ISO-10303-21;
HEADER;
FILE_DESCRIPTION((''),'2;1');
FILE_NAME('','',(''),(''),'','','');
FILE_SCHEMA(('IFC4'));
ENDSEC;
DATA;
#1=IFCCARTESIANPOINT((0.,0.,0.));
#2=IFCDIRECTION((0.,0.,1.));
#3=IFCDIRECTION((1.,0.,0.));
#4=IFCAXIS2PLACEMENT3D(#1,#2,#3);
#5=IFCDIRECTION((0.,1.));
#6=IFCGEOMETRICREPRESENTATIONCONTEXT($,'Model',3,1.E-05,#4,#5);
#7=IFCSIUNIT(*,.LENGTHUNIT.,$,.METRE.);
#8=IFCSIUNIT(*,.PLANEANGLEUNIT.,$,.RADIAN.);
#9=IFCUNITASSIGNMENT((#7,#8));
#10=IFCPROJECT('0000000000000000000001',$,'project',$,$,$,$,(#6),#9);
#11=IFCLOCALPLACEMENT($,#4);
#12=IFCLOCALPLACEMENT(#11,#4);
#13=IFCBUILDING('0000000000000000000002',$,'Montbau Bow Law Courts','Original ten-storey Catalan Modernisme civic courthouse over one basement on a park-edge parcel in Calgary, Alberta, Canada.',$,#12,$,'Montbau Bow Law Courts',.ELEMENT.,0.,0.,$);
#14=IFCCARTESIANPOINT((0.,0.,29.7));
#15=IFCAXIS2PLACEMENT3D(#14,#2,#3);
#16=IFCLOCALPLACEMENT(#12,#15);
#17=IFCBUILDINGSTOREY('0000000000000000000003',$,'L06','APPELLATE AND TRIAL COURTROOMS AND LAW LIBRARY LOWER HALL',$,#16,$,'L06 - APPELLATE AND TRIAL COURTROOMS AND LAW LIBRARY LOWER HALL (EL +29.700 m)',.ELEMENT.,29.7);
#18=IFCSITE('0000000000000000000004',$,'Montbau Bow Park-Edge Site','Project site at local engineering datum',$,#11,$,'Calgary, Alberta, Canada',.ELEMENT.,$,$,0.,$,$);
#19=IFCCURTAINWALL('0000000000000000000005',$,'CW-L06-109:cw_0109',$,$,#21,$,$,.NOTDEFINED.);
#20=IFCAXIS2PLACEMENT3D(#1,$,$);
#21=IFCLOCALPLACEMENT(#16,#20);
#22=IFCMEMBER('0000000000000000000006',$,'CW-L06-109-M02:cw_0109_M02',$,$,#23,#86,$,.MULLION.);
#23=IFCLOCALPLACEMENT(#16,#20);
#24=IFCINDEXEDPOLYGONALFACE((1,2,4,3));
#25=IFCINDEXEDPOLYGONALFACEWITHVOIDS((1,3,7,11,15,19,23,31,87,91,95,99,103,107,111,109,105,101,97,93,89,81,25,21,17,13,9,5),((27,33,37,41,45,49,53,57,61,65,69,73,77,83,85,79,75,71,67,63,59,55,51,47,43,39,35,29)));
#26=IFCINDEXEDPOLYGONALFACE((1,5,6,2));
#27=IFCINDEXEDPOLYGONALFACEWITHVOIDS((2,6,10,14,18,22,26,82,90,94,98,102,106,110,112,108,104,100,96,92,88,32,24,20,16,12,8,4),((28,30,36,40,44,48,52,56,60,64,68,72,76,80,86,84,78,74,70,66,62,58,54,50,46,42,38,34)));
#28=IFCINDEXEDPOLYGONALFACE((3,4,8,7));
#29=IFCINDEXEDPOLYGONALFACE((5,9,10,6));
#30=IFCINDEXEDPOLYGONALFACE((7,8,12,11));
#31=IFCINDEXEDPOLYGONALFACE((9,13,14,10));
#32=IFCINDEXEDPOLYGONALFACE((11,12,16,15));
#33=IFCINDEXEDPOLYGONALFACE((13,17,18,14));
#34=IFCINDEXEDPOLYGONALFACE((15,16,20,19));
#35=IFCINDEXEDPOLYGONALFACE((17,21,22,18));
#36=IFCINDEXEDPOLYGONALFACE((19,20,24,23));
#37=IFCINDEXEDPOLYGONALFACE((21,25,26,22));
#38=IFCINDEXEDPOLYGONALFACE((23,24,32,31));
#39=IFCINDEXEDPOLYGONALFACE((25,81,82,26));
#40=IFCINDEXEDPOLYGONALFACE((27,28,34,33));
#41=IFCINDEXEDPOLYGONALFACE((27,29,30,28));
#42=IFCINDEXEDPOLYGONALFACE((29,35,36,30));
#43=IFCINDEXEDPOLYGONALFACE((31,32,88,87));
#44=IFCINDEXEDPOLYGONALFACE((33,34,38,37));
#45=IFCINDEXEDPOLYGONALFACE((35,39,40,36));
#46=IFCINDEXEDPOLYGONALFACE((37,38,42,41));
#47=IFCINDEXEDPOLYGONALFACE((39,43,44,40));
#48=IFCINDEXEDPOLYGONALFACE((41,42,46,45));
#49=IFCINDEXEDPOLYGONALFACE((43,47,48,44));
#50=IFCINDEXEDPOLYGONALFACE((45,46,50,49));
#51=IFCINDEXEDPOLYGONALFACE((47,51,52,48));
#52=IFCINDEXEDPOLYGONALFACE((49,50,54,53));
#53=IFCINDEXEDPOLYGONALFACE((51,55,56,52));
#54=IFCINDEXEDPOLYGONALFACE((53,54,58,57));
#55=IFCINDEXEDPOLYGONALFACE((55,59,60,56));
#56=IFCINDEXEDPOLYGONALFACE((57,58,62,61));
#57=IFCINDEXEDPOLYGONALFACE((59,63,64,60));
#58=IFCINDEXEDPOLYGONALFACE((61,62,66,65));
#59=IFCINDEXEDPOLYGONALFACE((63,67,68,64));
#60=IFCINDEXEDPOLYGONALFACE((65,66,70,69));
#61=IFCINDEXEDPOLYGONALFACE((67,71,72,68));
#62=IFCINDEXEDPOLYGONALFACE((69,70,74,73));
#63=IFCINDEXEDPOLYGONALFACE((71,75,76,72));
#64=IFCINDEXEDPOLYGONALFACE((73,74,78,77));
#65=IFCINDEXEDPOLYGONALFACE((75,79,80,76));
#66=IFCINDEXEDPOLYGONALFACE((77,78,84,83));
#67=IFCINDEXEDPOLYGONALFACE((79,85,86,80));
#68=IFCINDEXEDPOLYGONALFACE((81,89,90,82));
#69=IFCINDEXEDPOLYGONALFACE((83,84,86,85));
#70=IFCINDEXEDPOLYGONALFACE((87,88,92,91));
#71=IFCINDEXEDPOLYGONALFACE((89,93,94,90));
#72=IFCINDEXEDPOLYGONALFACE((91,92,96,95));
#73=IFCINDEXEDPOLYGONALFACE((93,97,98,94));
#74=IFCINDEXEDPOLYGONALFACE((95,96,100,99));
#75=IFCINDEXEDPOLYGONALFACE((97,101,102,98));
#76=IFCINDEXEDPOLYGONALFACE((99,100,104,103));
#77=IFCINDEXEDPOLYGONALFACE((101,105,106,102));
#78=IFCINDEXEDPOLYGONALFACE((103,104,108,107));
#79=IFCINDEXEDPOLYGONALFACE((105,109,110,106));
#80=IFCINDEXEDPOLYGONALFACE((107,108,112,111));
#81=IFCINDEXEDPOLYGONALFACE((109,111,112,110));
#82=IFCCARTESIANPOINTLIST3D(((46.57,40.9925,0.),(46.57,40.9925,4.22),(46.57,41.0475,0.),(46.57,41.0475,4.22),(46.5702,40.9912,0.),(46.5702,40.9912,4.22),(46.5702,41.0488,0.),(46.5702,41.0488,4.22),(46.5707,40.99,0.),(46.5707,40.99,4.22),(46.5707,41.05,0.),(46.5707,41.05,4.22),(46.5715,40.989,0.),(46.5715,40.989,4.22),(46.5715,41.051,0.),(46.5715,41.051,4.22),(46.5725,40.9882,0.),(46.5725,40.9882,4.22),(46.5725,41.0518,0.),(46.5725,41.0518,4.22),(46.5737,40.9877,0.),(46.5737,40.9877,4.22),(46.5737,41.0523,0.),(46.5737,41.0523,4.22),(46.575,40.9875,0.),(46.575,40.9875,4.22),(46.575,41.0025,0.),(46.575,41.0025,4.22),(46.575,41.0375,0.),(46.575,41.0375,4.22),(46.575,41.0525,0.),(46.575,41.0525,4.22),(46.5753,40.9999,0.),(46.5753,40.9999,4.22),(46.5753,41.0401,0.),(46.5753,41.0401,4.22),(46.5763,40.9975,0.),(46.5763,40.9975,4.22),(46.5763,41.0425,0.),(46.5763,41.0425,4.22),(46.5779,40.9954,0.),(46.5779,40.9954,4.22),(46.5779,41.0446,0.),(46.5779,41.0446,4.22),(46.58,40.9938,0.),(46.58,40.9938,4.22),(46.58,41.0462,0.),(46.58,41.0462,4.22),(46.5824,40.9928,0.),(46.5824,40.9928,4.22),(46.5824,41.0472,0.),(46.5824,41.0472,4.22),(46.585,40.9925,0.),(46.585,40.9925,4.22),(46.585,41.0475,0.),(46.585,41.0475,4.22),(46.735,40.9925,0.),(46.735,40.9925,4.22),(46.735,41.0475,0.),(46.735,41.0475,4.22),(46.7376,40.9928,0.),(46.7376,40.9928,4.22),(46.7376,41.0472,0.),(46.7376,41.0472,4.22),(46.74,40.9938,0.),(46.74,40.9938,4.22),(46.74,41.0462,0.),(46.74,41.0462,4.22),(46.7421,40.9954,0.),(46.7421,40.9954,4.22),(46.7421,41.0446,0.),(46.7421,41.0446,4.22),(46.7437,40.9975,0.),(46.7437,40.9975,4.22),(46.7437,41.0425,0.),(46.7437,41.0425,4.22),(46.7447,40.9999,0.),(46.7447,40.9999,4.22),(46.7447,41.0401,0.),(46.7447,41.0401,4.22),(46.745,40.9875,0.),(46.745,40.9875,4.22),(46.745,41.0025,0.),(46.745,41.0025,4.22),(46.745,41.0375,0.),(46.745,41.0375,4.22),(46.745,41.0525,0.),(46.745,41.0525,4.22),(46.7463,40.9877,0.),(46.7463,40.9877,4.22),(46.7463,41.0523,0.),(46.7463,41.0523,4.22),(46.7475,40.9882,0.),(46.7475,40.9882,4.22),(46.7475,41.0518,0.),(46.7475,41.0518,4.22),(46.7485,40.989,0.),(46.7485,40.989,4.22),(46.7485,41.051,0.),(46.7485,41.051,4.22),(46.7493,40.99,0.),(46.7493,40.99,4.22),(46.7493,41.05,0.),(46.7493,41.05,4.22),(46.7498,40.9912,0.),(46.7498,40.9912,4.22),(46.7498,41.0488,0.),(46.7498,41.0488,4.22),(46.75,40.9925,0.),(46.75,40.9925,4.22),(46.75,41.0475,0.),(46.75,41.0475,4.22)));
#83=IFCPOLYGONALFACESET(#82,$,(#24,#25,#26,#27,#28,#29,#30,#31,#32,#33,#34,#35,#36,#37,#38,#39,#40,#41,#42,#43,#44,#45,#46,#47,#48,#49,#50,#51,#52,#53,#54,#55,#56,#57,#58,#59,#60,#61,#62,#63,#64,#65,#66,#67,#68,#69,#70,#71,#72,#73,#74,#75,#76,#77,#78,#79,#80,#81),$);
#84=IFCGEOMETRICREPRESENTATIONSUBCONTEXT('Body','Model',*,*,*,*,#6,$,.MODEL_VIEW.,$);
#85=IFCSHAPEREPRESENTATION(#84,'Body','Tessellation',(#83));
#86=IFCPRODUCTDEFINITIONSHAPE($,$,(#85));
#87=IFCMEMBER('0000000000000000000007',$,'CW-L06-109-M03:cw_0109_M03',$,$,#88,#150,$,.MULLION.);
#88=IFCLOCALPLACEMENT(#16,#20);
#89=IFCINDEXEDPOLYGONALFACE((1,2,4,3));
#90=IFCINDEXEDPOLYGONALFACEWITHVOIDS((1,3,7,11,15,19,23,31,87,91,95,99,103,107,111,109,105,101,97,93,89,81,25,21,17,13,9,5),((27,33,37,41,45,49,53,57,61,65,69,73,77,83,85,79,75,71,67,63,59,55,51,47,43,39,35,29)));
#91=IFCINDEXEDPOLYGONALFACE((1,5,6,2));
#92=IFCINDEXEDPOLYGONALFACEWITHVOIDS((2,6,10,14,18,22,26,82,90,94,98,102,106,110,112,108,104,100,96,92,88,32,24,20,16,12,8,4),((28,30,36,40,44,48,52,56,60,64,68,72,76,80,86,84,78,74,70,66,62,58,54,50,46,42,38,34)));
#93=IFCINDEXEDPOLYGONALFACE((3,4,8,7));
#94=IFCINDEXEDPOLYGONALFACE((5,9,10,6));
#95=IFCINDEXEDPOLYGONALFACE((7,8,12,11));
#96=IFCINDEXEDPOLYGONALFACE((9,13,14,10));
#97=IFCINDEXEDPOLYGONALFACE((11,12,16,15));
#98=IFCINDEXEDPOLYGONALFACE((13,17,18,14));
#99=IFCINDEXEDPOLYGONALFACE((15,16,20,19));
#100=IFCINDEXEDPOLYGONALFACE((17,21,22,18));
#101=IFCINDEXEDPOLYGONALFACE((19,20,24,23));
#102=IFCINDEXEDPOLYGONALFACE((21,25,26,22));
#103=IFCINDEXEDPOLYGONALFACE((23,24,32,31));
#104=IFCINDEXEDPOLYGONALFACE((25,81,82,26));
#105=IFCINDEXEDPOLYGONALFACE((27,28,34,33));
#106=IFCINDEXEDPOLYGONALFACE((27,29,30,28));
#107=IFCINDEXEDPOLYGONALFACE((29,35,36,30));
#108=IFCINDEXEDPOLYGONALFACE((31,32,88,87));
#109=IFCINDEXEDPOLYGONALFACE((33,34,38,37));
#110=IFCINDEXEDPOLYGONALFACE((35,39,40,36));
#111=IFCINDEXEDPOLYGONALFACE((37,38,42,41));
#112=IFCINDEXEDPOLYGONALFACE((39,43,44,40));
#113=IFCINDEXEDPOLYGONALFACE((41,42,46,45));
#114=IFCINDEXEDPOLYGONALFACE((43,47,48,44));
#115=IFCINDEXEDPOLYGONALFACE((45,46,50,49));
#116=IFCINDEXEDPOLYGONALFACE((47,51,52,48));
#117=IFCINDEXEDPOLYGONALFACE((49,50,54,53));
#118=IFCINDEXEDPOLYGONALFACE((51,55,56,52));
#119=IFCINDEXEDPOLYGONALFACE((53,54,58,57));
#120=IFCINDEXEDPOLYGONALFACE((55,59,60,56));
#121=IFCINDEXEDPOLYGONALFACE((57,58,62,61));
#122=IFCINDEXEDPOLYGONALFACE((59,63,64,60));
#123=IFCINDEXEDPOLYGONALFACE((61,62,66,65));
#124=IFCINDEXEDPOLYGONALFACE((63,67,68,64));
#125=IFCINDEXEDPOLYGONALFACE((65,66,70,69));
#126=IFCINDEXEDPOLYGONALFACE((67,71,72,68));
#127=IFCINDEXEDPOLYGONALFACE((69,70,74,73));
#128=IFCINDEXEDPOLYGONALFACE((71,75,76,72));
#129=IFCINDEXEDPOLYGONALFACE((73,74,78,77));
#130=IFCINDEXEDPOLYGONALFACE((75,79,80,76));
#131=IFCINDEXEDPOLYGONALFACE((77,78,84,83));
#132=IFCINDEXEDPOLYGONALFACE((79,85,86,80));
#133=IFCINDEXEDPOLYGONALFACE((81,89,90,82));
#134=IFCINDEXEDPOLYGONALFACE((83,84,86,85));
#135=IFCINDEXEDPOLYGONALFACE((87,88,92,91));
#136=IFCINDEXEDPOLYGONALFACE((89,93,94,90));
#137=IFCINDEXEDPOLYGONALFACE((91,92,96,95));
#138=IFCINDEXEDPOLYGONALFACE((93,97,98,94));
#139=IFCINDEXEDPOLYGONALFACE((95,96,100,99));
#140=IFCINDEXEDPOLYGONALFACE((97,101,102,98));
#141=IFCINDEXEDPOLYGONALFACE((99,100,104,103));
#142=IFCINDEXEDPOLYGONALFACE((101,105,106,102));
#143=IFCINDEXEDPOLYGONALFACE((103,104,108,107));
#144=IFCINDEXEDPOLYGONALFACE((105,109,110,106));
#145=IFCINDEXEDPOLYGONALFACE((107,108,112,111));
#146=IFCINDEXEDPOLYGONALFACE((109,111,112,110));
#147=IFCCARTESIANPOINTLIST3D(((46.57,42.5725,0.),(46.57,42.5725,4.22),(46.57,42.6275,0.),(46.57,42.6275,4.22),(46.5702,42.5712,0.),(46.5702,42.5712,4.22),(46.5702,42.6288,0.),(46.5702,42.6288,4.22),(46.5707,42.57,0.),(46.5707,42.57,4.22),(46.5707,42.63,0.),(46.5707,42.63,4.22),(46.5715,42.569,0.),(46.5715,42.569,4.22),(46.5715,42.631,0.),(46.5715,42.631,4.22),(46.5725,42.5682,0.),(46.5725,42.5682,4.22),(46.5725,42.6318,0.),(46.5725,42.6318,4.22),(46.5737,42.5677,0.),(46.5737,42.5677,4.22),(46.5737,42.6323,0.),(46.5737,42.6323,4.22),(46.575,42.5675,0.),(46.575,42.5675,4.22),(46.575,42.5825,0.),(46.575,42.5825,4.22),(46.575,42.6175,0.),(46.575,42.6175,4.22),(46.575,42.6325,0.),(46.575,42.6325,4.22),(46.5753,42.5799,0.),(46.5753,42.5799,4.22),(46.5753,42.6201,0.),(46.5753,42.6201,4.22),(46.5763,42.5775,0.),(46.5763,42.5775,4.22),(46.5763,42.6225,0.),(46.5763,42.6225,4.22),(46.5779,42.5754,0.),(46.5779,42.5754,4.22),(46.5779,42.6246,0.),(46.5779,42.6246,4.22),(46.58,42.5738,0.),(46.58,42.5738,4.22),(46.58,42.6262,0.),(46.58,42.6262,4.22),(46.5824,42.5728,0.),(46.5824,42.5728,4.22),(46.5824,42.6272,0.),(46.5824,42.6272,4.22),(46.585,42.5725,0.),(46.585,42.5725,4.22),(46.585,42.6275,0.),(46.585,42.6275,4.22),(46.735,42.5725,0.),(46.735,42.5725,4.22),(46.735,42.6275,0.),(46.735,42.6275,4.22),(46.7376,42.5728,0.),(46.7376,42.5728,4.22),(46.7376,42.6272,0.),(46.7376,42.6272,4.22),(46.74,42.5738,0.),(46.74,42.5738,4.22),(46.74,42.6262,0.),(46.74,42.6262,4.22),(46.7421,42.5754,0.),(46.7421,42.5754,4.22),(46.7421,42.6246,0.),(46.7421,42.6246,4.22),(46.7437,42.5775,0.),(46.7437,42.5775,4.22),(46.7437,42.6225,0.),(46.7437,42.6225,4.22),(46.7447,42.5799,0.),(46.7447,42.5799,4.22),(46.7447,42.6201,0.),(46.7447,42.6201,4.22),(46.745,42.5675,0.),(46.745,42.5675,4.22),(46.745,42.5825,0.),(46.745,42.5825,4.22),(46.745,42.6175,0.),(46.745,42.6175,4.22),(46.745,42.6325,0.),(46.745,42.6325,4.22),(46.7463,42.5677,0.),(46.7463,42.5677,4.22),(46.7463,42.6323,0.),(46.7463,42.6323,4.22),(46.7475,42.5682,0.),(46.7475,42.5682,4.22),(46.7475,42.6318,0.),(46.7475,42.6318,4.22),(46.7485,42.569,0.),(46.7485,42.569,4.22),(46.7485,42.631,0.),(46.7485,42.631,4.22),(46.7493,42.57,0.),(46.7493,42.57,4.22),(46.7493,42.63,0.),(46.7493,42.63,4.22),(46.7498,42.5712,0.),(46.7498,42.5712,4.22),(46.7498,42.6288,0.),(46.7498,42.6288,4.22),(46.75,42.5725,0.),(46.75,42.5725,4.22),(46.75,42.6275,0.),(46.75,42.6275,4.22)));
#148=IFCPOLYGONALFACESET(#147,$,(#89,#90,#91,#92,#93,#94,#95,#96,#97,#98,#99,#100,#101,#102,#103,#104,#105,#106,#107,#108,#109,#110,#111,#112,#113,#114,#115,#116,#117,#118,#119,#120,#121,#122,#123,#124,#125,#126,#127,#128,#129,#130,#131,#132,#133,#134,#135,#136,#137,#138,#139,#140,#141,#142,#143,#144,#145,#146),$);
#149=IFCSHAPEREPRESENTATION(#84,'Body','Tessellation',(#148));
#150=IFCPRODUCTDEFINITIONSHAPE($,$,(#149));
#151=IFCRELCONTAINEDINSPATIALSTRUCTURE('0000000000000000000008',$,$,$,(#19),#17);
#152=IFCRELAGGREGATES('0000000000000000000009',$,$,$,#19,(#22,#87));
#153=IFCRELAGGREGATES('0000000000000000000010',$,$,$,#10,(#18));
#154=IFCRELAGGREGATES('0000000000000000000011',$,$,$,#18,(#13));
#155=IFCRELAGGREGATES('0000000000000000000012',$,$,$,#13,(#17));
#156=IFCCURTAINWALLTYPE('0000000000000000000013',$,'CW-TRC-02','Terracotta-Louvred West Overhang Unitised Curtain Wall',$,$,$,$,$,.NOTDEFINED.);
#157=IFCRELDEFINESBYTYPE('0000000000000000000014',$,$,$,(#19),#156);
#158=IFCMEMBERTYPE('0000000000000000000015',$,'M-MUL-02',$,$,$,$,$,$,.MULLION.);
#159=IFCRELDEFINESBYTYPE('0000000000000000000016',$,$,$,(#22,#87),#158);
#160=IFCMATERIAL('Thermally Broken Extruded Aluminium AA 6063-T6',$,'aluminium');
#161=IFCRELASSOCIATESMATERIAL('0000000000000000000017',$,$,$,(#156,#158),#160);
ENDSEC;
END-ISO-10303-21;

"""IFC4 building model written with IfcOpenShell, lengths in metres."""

from ifc_helpers import new_model, si_unit, direction, frame, origin_with_axes, origin_2d_with_axis, place, context, subcontext, project, spatial, hollow_rectangle, extrude, material, material_profile, profile_set, type_object, element, aggregate, save


model = new_model("IFC4")

# Units and contexts
model_context = context("Model", 3, precision=1e-05, world=origin_with_axes(), true_north=direction((0.0, 1.0)))
body_context = subcontext(model_context, "Body", "Model", "MODEL_VIEW")
ifc_project = project(units=[si_unit("LENGTHUNIT", "METRE"), si_unit("PLANEANGLEUNIT", "RADIAN")], contexts=[model_context])

# Site, building, storey
site_placement = place(None, origin_with_axes())
site = spatial("IfcSite", under=ifc_project, at=site_placement, Name="Montbau Bow Park-Edge Site", Description="Project site at local engineering datum", LongName="Calgary, Alberta, Canada", CompositionType="ELEMENT", RefElevation=0.0)
building_placement = place(site_placement, origin_with_axes())
building = spatial("IfcBuilding", under=site, at=building_placement, Name="Montbau Bow Law Courts", Description="Original ten-storey Catalan Modernisme civic courthouse over one basement on a park-edge parcel in Calgary, Alberta, Canada.", LongName="Montbau Bow Law Courts", CompositionType="ELEMENT", ElevationOfRefHeight=0.0, ElevationOfTerrain=0.0)
storey_placement = place(building_placement, frame((0.0, 0.0, 29.7), z_axis=(0.0, 0.0, 1.0), x_axis=(1.0, 0.0, 0.0)))
storey = spatial("IfcBuildingStorey", under=building, at=storey_placement, Name="L06", Description="APPELLATE AND TRIAL COURTROOMS AND LAW LIBRARY LOWER HALL", LongName="L06 - APPELLATE AND TRIAL COURTROOMS AND LAW LIBRARY LOWER HALL (EL +29.700 m)", CompositionType="ELEMENT", Elevation=29.7)

# Shared definitions
ifc_material_1 = material(Name="Thermally Broken Extruded Aluminium AA 6063-T6", Category="aluminium")
curtain_wall_type = type_object("IfcCurtainWallType", Name="CW-TRC-02", Description="Terracotta-Louvred West Overhang Unitised Curtain Wall", PredefinedType="NOTDEFINED", material=ifc_material_1)

# Curtain wall, members
curtain_wall_1_placement = place(None, frame((46.66, 39.44, 29.7), z_axis=(0.0, 0.0, 1.0), x_axis=(1.0, 0.0, 0.0)))
curtain_wall_1 = element("IfcCurtainWall", 1, at=curtain_wall_1_placement, inside=storey, type_object=curtain_wall_type, Name="CW-L06-109:cw_0109", PredefinedType="NOTDEFINED")
ifc_material_profile_1 = material_profile(ifc_material_1, hollow_rectangle(XDim=0.065, YDim=0.18, WallThickness=0.005, InnerFilletRadius=0.01, OuterFilletRadius=0.005, at=origin_2d_with_axis()), Name="CWM-180X65", Category="Main", Priority=0)
ifc_profile_set_1 = profile_set([ifc_material_profile_1], Name="Thermally Broken Extruded Aluminium AA 6063-T6")
member_type_1 = type_object("IfcMemberType", Name="M-MUL-02", PredefinedType="MULLION", material=ifc_profile_set_1)
member_1_placement = place(None, frame((46.66, 41.02, 29.7), z_axis=(0.0, 0.0, 1.0), x_axis=(0.0, 1.0, 0.0)))
member_1 = element("IfcMember", 2, at=member_1_placement, type_object=member_type_1, Name="CW-L06-109-M02:cw_0109_M02", PredefinedType="MULLION", context=body_context, shape_type="SweptSolid", body=[
    extrude(hollow_rectangle(XDim=0.065, YDim=0.18, WallThickness=0.005, InnerFilletRadius=0.01, OuterFilletRadius=0.005, at=origin_2d_with_axis()), origin_with_axes(), (0.0, 0.0, 1.0), 4.22),
])
member_2_placement = place(None, frame((46.66, 42.6, 29.7), z_axis=(0.0, 0.0, 1.0), x_axis=(0.0, 1.0, 0.0)))
member_2 = element("IfcMember", 3, at=member_2_placement, type_object=member_type_1, Name="CW-L06-109-M03:cw_0109_M03", PredefinedType="MULLION", context=body_context, shape_type="SweptSolid", body=[
    extrude(hollow_rectangle(XDim=0.065, YDim=0.18, WallThickness=0.005, InnerFilletRadius=0.01, OuterFilletRadius=0.005, at=origin_2d_with_axis()), origin_with_axes(), (0.0, 0.0, 1.0), 4.22),
])

aggregate(curtain_wall_1, [member_1, member_2])

save(model, "model.ifc")
